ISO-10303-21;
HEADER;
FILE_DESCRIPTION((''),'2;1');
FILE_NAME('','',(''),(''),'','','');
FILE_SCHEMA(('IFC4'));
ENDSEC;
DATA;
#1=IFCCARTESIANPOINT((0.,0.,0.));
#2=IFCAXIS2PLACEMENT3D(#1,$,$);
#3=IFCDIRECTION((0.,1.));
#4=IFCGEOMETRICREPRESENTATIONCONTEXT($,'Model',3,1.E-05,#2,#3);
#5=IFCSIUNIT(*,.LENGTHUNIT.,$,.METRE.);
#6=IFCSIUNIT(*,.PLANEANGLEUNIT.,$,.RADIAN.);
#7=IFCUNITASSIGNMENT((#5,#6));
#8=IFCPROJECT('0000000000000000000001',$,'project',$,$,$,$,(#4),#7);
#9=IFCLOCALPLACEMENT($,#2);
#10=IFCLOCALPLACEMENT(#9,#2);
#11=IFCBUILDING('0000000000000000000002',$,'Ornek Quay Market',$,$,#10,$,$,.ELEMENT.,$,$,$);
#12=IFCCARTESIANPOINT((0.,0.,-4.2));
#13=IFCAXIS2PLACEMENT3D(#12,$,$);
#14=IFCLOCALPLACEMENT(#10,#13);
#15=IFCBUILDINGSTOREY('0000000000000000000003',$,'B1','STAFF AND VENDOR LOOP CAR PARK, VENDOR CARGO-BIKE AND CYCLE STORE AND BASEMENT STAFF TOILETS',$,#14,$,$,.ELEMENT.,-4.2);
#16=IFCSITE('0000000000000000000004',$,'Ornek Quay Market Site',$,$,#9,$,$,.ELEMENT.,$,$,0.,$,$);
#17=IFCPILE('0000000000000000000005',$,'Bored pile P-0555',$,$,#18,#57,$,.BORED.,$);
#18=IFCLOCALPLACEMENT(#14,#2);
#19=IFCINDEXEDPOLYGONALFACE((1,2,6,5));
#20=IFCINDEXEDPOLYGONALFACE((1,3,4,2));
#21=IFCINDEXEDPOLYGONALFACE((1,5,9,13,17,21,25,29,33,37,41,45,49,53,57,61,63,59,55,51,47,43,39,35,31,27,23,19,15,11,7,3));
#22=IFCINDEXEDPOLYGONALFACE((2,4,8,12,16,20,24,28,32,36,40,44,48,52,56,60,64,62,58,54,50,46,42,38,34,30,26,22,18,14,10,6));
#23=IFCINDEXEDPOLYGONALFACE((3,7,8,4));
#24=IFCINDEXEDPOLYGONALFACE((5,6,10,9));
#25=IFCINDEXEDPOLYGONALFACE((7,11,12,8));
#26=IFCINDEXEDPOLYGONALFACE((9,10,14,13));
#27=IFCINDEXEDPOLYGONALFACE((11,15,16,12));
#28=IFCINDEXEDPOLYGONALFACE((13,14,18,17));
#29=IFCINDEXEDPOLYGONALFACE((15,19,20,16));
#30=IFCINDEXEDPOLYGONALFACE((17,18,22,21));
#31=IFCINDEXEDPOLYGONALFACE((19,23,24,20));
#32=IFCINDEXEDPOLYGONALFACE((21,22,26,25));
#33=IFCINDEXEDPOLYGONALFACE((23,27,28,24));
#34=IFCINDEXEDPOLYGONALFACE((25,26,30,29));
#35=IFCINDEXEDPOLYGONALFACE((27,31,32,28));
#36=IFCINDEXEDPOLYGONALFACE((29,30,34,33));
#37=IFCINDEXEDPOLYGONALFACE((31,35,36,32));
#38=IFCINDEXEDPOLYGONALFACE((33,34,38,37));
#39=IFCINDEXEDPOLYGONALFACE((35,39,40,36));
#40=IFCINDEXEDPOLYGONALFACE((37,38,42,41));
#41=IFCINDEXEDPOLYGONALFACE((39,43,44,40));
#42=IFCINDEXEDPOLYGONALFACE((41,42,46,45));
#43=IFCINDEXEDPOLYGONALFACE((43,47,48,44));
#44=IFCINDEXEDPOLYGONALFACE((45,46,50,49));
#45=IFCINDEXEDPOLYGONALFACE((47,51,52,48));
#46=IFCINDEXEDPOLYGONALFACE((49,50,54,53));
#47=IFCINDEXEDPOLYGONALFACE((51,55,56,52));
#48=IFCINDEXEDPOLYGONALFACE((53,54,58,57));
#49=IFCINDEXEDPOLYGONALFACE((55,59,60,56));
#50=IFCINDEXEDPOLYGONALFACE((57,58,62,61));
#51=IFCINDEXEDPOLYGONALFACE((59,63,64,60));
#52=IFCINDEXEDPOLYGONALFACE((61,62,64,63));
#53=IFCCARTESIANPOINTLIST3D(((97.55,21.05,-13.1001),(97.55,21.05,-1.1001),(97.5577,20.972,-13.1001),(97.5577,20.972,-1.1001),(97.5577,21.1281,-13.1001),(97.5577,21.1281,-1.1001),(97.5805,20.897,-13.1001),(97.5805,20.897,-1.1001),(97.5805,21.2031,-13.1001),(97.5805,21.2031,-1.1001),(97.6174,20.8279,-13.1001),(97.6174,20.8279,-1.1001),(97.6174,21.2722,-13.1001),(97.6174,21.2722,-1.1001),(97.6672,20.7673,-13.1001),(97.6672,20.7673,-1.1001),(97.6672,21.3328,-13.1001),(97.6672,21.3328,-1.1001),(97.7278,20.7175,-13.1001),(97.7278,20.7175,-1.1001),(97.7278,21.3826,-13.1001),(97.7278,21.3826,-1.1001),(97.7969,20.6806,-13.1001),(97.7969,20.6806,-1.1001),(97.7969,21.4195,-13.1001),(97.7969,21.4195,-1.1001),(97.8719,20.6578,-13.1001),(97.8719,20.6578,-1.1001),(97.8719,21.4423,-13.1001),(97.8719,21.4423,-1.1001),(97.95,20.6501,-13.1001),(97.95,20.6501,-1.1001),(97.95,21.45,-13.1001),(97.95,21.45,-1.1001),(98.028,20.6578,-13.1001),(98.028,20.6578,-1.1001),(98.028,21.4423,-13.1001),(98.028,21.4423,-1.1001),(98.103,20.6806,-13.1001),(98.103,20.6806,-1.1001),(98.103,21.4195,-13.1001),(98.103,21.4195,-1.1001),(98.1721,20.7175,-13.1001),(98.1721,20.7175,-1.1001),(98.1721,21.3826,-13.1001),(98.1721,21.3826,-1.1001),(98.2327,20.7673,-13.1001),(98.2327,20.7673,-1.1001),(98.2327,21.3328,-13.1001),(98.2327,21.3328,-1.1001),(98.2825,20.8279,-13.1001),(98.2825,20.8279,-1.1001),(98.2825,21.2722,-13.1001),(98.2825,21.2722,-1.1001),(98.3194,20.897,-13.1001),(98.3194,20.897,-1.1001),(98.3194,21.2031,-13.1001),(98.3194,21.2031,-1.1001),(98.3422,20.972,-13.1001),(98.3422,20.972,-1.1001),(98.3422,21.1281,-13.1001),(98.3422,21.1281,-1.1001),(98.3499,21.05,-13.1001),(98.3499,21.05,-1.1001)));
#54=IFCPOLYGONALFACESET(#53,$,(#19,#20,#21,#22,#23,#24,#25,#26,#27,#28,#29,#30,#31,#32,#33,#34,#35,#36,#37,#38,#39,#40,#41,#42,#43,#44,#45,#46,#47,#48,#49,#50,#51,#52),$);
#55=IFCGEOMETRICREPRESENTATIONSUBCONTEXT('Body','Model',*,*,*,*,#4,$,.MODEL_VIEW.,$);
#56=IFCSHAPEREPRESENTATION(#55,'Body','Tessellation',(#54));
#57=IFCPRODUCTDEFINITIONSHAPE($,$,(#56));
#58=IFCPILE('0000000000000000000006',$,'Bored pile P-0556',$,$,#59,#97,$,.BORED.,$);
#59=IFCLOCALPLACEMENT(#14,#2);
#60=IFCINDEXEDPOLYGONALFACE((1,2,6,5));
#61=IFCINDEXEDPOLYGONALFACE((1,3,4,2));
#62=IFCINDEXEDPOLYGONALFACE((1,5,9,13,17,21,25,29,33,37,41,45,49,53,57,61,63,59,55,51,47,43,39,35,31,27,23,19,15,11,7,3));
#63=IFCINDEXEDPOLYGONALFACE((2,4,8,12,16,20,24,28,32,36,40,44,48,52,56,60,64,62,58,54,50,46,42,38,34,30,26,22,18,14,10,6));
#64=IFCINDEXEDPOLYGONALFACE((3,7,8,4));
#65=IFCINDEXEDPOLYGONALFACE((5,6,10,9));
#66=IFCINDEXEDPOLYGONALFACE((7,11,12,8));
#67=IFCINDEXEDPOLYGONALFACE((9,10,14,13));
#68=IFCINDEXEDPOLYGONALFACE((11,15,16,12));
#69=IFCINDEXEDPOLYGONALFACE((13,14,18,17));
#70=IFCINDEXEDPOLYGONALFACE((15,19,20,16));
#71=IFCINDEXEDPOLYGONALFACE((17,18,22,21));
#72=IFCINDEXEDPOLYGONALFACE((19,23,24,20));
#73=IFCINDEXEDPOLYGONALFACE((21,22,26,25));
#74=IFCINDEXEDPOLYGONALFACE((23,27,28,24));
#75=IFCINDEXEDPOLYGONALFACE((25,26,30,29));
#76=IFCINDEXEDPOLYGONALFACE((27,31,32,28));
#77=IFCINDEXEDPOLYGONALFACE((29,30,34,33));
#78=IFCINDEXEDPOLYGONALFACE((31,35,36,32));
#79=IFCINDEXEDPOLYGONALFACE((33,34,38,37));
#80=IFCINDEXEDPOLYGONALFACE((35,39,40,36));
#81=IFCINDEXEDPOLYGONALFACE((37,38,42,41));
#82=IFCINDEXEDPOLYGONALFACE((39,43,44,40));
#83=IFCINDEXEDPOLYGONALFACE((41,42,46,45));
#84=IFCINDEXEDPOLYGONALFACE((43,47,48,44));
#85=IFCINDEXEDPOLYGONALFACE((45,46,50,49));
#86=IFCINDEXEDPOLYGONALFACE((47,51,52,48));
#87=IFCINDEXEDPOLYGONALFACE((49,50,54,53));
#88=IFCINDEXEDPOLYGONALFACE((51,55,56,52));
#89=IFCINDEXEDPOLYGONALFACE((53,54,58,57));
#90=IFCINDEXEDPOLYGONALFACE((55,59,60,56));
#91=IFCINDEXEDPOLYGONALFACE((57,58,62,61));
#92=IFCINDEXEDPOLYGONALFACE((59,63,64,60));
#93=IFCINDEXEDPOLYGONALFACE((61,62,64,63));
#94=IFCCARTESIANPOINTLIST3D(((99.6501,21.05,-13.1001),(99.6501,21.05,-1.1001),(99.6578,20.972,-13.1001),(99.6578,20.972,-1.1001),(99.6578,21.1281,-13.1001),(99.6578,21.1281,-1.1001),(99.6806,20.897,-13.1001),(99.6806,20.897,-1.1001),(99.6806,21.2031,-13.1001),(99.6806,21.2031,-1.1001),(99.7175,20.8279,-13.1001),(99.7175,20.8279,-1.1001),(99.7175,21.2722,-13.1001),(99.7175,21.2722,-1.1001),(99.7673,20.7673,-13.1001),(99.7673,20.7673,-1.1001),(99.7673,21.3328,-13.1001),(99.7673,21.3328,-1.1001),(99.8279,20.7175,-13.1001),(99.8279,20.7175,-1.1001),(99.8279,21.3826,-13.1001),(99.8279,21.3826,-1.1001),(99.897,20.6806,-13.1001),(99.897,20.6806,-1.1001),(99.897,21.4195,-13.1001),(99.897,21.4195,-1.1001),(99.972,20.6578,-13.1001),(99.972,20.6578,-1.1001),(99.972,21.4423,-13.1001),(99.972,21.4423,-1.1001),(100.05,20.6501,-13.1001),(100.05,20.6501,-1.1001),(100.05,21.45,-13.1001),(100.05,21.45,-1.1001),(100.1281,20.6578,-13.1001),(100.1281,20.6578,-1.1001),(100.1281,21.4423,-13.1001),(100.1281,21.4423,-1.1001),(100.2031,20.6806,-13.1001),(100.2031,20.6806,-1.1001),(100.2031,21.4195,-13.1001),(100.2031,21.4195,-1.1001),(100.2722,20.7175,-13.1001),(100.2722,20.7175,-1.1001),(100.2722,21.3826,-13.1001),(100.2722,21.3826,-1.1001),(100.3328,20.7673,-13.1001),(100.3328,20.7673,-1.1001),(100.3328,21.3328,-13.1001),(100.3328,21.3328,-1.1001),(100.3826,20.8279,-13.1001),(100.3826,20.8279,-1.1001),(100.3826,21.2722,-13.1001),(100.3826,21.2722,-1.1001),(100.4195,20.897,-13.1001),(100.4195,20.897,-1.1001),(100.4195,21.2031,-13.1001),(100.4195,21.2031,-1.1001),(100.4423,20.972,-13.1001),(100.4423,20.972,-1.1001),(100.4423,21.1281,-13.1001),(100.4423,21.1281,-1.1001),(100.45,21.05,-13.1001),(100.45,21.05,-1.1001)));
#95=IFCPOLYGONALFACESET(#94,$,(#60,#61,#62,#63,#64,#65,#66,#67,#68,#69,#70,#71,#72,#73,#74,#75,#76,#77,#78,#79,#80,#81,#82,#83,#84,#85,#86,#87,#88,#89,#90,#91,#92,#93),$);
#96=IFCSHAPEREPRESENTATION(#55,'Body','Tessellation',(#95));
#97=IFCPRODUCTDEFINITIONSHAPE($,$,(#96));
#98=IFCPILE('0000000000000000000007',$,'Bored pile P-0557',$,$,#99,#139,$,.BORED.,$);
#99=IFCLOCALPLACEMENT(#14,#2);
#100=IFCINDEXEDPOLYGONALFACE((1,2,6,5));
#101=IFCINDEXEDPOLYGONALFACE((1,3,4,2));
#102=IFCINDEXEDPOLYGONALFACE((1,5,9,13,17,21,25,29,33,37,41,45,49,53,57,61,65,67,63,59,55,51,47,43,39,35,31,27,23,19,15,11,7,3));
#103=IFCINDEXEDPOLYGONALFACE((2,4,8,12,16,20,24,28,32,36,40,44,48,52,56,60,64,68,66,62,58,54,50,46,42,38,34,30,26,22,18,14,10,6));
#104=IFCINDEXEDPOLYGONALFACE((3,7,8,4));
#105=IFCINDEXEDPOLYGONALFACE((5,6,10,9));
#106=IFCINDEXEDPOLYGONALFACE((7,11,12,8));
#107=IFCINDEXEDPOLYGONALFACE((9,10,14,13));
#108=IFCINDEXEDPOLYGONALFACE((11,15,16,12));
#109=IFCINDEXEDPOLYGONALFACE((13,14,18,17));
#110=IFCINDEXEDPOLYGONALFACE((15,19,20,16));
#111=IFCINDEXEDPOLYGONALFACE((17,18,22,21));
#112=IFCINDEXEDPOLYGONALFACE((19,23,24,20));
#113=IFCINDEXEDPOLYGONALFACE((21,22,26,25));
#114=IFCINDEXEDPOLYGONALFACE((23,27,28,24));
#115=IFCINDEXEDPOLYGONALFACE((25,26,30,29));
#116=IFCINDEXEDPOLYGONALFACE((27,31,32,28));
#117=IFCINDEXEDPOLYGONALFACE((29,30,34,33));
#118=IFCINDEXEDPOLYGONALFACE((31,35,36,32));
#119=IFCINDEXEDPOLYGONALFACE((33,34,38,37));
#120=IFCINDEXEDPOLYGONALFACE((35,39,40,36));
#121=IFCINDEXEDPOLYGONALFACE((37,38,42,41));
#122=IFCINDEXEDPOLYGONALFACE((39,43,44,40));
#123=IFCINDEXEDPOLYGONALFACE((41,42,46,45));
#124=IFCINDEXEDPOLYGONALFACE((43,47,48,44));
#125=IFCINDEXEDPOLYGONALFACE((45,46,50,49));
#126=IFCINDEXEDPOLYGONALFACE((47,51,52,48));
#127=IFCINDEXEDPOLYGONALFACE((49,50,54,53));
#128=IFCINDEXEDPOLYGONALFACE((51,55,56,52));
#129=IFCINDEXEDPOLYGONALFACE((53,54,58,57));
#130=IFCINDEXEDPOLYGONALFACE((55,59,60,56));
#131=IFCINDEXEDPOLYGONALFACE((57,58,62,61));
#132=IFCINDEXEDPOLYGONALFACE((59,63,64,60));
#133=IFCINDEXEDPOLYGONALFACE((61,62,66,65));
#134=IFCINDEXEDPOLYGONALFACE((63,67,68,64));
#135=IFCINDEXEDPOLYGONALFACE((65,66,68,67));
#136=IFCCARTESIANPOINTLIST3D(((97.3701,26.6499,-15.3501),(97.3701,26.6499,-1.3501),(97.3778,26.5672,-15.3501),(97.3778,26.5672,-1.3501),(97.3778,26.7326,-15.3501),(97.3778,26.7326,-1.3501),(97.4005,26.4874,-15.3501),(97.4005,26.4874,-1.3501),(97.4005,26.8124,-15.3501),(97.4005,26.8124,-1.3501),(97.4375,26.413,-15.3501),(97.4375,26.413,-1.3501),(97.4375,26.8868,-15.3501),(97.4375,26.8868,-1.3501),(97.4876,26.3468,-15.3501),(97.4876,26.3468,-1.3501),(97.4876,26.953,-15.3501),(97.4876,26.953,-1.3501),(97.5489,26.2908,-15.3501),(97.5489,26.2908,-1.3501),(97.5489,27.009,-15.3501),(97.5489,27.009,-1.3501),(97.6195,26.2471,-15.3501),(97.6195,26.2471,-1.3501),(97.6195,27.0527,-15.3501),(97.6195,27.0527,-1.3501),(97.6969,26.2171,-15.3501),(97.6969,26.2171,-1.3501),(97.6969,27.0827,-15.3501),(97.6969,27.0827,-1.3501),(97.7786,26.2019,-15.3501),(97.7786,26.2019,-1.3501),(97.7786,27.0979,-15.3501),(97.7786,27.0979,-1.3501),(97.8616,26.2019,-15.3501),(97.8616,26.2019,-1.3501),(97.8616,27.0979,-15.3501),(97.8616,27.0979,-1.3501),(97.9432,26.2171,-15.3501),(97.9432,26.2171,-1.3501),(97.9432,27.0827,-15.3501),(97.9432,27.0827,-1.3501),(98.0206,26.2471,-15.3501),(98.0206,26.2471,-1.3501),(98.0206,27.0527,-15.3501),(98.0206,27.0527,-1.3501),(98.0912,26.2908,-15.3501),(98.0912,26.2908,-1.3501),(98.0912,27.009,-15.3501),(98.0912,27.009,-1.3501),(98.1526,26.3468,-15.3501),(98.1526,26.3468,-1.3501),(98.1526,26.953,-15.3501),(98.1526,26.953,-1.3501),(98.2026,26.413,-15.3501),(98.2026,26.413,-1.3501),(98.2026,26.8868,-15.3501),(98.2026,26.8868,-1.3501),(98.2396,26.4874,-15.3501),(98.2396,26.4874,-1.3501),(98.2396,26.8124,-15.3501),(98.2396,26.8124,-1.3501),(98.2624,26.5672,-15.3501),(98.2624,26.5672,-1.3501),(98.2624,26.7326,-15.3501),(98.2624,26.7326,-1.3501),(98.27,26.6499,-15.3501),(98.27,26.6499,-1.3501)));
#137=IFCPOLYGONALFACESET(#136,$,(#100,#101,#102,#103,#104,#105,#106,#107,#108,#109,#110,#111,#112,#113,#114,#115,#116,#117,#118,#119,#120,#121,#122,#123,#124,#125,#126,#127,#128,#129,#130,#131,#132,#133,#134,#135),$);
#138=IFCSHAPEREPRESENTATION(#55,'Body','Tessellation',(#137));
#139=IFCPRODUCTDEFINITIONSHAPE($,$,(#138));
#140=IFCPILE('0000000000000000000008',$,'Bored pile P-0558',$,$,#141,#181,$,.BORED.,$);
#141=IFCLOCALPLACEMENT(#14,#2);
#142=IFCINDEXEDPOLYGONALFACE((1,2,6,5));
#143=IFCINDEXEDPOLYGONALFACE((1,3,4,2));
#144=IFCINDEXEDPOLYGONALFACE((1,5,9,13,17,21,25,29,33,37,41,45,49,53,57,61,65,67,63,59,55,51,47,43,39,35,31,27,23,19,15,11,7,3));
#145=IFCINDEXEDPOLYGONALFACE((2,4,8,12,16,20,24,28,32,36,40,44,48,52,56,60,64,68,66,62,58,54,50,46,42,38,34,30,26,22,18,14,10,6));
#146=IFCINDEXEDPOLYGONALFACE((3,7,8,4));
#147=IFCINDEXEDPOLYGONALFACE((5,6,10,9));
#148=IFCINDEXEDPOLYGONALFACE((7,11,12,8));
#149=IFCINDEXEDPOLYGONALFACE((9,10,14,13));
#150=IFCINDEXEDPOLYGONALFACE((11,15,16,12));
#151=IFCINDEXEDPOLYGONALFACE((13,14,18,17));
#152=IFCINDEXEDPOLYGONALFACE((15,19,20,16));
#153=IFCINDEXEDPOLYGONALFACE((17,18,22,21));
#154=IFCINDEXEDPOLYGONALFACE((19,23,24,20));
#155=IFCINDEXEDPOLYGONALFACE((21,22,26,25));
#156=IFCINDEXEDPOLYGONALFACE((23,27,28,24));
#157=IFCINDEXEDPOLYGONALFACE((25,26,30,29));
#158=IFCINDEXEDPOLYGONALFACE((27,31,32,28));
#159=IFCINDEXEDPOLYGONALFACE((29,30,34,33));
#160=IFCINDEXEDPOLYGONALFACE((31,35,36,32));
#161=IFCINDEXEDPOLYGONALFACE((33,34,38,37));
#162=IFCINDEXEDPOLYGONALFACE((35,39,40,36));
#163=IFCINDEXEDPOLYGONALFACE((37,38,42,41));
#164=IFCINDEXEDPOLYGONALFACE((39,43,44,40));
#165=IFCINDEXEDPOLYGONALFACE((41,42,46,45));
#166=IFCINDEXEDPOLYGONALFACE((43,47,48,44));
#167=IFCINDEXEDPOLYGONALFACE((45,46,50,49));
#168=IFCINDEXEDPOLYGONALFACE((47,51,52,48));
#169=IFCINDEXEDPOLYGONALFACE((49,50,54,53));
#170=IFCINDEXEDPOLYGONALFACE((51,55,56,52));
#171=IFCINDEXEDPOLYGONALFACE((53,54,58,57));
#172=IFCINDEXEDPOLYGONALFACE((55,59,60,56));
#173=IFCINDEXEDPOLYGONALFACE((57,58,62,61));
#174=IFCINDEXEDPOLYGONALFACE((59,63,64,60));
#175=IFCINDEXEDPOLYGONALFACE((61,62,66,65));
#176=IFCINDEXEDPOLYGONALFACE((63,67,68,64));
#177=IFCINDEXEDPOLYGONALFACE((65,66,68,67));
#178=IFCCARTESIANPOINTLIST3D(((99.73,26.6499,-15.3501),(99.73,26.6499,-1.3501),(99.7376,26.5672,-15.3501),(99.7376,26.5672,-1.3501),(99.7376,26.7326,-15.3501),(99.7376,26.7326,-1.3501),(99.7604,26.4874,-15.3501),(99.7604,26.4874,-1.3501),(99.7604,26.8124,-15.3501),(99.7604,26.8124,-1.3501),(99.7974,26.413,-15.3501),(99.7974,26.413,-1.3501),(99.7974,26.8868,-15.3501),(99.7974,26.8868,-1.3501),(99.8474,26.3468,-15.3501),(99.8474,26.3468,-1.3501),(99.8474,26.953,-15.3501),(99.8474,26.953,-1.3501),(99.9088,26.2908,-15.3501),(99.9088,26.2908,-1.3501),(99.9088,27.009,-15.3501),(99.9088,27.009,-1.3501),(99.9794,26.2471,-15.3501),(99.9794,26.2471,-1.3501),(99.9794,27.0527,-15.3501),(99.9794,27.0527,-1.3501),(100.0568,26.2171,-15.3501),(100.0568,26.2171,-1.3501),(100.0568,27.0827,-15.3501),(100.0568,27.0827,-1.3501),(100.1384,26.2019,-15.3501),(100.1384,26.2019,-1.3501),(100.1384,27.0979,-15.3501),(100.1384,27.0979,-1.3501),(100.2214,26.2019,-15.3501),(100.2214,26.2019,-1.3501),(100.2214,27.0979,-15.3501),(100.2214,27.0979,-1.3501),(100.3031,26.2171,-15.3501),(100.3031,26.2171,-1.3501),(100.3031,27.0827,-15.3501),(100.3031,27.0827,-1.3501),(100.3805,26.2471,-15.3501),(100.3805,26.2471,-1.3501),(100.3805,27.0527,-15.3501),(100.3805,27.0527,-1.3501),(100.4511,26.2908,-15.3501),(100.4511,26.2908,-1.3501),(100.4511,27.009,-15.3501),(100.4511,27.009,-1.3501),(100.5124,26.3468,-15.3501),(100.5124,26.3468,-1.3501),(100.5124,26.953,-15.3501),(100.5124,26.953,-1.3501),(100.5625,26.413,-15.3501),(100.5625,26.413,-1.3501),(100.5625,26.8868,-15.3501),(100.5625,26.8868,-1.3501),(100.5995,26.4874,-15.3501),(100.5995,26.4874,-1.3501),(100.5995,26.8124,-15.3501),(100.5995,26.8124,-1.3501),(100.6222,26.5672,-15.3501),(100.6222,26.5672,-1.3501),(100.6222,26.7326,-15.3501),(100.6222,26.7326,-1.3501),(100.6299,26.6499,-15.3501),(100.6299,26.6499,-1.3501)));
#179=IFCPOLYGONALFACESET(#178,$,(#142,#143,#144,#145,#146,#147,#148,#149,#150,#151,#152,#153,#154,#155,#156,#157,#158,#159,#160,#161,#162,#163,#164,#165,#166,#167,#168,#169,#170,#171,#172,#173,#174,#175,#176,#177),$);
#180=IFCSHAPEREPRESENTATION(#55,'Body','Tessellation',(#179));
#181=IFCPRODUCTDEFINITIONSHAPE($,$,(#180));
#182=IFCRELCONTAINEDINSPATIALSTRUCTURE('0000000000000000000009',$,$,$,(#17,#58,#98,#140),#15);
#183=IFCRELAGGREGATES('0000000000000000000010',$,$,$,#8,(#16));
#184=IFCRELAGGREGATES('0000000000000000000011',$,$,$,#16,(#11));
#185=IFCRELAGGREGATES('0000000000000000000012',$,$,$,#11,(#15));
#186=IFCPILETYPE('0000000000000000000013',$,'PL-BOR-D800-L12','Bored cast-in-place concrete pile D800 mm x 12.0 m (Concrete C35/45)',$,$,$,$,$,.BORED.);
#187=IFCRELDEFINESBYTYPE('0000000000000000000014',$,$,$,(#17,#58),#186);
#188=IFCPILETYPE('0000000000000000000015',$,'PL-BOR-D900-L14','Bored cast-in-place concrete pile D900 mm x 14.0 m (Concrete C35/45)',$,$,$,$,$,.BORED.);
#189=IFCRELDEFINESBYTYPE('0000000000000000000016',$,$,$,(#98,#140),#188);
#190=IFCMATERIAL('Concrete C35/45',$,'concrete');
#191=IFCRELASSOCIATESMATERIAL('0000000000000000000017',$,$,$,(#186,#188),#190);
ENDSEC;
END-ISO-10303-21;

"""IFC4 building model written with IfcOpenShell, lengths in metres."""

from ifc_helpers import new_model, si_unit, direction, frame, origin, origin_2d, place, context, subcontext, project, spatial, circle, extrude, material, material_profile, profile_set, type_object, element, save


model = new_model("IFC4")

# Units and contexts
model_context = context("Model", 3, precision=1e-05, world=origin(), true_north=direction((0.0, 1.0)))
body_context = subcontext(model_context, "Body", "Model", "MODEL_VIEW")
ifc_project = project(units=[si_unit("LENGTHUNIT", "METRE"), si_unit("PLANEANGLEUNIT", "RADIAN")], contexts=[model_context])

# Site, building, storey
site_placement = place(None, origin())
site = spatial("IfcSite", under=ifc_project, at=site_placement, Name="Ornek Quay Market Site", CompositionType="ELEMENT", RefElevation=0.0)
building_placement = place(site_placement, origin())
building = spatial("IfcBuilding", under=site, at=building_placement, Name="Ornek Quay Market", CompositionType="ELEMENT")
storey_placement = place(building_placement, frame((0.0, 0.0, -4.2)))
storey = spatial("IfcBuildingStorey", under=building, at=storey_placement, Name="B1", Description="STAFF AND VENDOR LOOP CAR PARK, VENDOR CARGO-BIKE AND CYCLE STORE AND BASEMENT STAFF TOILETS", CompositionType="ELEMENT", Elevation=-4.2)

# Piles
ifc_material_1 = material(Name="Concrete C35/45", Category="concrete")
ifc_material_profile_1 = material_profile(ifc_material_1, circle(Radius=0.3999, at=origin_2d()), Name="PILE D800", Category="concrete")
ifc_profile_set_1 = profile_set([ifc_material_profile_1], Name="Concrete C35/45")
pile_type_1 = type_object("IfcPileType", Name="PL-BOR-D800-L12", Description="Bored cast-in-place concrete pile D800 mm x 12.0 m (Concrete C35/45)", PredefinedType="BORED", material=ifc_profile_set_1)
for number, where, z_axis, x_axis, name in (
    (1, (97.95, 21.05, -1.1001), (0.0, 0.0, -1.0), (1.0, 0.0, 0.0), "Bored pile P-0555"),
    (2, (100.05, 21.05, -1.1001), (0.0, 0.0, -1.0), (1.0, 0.0, 0.0), "Bored pile P-0556"),
):
    element("IfcPile", number, at=place(storey_placement, frame(where, z_axis=z_axis, x_axis=x_axis)), inside=storey, type_object=pile_type_1, Name=name, PredefinedType="BORED", context=body_context, shape_type="SweptSolid", body=[
        extrude(circle(Radius=0.3999, at=origin_2d()), origin(), (0.0, 0.0, 1.0), 12.0),
    ])
ifc_material_profile_2 = material_profile(ifc_material_1, circle(Radius=0.45, at=origin_2d()), Name="PILE D900", Category="concrete")
ifc_profile_set_2 = profile_set([ifc_material_profile_2], Name="Concrete C35/45")
pile_type_2 = type_object("IfcPileType", Name="PL-BOR-D900-L14", Description="Bored cast-in-place concrete pile D900 mm x 14.0 m (Concrete C35/45)", PredefinedType="BORED", material=ifc_profile_set_2)
for number, where, z_axis, x_axis, name in (
    (3, (97.8201, 26.6499, -1.3501), (0.0, 0.0, -1.0), (1.0, 0.0, 0.0), "Bored pile P-0557"),
    (4, (100.1799, 26.6499, -1.3501), (0.0, 0.0, -1.0), (1.0, 0.0, 0.0), "Bored pile P-0558"),
):
    element("IfcPile", number, at=place(storey_placement, frame(where, z_axis=z_axis, x_axis=x_axis)), inside=storey, type_object=pile_type_2, Name=name, PredefinedType="BORED", context=body_context, shape_type="SweptSolid", body=[
        extrude(circle(Radius=0.45, at=origin_2d()), origin(), (0.0, 0.0, 1.0), 14.0),
    ])

save(model, "model.ifc")
